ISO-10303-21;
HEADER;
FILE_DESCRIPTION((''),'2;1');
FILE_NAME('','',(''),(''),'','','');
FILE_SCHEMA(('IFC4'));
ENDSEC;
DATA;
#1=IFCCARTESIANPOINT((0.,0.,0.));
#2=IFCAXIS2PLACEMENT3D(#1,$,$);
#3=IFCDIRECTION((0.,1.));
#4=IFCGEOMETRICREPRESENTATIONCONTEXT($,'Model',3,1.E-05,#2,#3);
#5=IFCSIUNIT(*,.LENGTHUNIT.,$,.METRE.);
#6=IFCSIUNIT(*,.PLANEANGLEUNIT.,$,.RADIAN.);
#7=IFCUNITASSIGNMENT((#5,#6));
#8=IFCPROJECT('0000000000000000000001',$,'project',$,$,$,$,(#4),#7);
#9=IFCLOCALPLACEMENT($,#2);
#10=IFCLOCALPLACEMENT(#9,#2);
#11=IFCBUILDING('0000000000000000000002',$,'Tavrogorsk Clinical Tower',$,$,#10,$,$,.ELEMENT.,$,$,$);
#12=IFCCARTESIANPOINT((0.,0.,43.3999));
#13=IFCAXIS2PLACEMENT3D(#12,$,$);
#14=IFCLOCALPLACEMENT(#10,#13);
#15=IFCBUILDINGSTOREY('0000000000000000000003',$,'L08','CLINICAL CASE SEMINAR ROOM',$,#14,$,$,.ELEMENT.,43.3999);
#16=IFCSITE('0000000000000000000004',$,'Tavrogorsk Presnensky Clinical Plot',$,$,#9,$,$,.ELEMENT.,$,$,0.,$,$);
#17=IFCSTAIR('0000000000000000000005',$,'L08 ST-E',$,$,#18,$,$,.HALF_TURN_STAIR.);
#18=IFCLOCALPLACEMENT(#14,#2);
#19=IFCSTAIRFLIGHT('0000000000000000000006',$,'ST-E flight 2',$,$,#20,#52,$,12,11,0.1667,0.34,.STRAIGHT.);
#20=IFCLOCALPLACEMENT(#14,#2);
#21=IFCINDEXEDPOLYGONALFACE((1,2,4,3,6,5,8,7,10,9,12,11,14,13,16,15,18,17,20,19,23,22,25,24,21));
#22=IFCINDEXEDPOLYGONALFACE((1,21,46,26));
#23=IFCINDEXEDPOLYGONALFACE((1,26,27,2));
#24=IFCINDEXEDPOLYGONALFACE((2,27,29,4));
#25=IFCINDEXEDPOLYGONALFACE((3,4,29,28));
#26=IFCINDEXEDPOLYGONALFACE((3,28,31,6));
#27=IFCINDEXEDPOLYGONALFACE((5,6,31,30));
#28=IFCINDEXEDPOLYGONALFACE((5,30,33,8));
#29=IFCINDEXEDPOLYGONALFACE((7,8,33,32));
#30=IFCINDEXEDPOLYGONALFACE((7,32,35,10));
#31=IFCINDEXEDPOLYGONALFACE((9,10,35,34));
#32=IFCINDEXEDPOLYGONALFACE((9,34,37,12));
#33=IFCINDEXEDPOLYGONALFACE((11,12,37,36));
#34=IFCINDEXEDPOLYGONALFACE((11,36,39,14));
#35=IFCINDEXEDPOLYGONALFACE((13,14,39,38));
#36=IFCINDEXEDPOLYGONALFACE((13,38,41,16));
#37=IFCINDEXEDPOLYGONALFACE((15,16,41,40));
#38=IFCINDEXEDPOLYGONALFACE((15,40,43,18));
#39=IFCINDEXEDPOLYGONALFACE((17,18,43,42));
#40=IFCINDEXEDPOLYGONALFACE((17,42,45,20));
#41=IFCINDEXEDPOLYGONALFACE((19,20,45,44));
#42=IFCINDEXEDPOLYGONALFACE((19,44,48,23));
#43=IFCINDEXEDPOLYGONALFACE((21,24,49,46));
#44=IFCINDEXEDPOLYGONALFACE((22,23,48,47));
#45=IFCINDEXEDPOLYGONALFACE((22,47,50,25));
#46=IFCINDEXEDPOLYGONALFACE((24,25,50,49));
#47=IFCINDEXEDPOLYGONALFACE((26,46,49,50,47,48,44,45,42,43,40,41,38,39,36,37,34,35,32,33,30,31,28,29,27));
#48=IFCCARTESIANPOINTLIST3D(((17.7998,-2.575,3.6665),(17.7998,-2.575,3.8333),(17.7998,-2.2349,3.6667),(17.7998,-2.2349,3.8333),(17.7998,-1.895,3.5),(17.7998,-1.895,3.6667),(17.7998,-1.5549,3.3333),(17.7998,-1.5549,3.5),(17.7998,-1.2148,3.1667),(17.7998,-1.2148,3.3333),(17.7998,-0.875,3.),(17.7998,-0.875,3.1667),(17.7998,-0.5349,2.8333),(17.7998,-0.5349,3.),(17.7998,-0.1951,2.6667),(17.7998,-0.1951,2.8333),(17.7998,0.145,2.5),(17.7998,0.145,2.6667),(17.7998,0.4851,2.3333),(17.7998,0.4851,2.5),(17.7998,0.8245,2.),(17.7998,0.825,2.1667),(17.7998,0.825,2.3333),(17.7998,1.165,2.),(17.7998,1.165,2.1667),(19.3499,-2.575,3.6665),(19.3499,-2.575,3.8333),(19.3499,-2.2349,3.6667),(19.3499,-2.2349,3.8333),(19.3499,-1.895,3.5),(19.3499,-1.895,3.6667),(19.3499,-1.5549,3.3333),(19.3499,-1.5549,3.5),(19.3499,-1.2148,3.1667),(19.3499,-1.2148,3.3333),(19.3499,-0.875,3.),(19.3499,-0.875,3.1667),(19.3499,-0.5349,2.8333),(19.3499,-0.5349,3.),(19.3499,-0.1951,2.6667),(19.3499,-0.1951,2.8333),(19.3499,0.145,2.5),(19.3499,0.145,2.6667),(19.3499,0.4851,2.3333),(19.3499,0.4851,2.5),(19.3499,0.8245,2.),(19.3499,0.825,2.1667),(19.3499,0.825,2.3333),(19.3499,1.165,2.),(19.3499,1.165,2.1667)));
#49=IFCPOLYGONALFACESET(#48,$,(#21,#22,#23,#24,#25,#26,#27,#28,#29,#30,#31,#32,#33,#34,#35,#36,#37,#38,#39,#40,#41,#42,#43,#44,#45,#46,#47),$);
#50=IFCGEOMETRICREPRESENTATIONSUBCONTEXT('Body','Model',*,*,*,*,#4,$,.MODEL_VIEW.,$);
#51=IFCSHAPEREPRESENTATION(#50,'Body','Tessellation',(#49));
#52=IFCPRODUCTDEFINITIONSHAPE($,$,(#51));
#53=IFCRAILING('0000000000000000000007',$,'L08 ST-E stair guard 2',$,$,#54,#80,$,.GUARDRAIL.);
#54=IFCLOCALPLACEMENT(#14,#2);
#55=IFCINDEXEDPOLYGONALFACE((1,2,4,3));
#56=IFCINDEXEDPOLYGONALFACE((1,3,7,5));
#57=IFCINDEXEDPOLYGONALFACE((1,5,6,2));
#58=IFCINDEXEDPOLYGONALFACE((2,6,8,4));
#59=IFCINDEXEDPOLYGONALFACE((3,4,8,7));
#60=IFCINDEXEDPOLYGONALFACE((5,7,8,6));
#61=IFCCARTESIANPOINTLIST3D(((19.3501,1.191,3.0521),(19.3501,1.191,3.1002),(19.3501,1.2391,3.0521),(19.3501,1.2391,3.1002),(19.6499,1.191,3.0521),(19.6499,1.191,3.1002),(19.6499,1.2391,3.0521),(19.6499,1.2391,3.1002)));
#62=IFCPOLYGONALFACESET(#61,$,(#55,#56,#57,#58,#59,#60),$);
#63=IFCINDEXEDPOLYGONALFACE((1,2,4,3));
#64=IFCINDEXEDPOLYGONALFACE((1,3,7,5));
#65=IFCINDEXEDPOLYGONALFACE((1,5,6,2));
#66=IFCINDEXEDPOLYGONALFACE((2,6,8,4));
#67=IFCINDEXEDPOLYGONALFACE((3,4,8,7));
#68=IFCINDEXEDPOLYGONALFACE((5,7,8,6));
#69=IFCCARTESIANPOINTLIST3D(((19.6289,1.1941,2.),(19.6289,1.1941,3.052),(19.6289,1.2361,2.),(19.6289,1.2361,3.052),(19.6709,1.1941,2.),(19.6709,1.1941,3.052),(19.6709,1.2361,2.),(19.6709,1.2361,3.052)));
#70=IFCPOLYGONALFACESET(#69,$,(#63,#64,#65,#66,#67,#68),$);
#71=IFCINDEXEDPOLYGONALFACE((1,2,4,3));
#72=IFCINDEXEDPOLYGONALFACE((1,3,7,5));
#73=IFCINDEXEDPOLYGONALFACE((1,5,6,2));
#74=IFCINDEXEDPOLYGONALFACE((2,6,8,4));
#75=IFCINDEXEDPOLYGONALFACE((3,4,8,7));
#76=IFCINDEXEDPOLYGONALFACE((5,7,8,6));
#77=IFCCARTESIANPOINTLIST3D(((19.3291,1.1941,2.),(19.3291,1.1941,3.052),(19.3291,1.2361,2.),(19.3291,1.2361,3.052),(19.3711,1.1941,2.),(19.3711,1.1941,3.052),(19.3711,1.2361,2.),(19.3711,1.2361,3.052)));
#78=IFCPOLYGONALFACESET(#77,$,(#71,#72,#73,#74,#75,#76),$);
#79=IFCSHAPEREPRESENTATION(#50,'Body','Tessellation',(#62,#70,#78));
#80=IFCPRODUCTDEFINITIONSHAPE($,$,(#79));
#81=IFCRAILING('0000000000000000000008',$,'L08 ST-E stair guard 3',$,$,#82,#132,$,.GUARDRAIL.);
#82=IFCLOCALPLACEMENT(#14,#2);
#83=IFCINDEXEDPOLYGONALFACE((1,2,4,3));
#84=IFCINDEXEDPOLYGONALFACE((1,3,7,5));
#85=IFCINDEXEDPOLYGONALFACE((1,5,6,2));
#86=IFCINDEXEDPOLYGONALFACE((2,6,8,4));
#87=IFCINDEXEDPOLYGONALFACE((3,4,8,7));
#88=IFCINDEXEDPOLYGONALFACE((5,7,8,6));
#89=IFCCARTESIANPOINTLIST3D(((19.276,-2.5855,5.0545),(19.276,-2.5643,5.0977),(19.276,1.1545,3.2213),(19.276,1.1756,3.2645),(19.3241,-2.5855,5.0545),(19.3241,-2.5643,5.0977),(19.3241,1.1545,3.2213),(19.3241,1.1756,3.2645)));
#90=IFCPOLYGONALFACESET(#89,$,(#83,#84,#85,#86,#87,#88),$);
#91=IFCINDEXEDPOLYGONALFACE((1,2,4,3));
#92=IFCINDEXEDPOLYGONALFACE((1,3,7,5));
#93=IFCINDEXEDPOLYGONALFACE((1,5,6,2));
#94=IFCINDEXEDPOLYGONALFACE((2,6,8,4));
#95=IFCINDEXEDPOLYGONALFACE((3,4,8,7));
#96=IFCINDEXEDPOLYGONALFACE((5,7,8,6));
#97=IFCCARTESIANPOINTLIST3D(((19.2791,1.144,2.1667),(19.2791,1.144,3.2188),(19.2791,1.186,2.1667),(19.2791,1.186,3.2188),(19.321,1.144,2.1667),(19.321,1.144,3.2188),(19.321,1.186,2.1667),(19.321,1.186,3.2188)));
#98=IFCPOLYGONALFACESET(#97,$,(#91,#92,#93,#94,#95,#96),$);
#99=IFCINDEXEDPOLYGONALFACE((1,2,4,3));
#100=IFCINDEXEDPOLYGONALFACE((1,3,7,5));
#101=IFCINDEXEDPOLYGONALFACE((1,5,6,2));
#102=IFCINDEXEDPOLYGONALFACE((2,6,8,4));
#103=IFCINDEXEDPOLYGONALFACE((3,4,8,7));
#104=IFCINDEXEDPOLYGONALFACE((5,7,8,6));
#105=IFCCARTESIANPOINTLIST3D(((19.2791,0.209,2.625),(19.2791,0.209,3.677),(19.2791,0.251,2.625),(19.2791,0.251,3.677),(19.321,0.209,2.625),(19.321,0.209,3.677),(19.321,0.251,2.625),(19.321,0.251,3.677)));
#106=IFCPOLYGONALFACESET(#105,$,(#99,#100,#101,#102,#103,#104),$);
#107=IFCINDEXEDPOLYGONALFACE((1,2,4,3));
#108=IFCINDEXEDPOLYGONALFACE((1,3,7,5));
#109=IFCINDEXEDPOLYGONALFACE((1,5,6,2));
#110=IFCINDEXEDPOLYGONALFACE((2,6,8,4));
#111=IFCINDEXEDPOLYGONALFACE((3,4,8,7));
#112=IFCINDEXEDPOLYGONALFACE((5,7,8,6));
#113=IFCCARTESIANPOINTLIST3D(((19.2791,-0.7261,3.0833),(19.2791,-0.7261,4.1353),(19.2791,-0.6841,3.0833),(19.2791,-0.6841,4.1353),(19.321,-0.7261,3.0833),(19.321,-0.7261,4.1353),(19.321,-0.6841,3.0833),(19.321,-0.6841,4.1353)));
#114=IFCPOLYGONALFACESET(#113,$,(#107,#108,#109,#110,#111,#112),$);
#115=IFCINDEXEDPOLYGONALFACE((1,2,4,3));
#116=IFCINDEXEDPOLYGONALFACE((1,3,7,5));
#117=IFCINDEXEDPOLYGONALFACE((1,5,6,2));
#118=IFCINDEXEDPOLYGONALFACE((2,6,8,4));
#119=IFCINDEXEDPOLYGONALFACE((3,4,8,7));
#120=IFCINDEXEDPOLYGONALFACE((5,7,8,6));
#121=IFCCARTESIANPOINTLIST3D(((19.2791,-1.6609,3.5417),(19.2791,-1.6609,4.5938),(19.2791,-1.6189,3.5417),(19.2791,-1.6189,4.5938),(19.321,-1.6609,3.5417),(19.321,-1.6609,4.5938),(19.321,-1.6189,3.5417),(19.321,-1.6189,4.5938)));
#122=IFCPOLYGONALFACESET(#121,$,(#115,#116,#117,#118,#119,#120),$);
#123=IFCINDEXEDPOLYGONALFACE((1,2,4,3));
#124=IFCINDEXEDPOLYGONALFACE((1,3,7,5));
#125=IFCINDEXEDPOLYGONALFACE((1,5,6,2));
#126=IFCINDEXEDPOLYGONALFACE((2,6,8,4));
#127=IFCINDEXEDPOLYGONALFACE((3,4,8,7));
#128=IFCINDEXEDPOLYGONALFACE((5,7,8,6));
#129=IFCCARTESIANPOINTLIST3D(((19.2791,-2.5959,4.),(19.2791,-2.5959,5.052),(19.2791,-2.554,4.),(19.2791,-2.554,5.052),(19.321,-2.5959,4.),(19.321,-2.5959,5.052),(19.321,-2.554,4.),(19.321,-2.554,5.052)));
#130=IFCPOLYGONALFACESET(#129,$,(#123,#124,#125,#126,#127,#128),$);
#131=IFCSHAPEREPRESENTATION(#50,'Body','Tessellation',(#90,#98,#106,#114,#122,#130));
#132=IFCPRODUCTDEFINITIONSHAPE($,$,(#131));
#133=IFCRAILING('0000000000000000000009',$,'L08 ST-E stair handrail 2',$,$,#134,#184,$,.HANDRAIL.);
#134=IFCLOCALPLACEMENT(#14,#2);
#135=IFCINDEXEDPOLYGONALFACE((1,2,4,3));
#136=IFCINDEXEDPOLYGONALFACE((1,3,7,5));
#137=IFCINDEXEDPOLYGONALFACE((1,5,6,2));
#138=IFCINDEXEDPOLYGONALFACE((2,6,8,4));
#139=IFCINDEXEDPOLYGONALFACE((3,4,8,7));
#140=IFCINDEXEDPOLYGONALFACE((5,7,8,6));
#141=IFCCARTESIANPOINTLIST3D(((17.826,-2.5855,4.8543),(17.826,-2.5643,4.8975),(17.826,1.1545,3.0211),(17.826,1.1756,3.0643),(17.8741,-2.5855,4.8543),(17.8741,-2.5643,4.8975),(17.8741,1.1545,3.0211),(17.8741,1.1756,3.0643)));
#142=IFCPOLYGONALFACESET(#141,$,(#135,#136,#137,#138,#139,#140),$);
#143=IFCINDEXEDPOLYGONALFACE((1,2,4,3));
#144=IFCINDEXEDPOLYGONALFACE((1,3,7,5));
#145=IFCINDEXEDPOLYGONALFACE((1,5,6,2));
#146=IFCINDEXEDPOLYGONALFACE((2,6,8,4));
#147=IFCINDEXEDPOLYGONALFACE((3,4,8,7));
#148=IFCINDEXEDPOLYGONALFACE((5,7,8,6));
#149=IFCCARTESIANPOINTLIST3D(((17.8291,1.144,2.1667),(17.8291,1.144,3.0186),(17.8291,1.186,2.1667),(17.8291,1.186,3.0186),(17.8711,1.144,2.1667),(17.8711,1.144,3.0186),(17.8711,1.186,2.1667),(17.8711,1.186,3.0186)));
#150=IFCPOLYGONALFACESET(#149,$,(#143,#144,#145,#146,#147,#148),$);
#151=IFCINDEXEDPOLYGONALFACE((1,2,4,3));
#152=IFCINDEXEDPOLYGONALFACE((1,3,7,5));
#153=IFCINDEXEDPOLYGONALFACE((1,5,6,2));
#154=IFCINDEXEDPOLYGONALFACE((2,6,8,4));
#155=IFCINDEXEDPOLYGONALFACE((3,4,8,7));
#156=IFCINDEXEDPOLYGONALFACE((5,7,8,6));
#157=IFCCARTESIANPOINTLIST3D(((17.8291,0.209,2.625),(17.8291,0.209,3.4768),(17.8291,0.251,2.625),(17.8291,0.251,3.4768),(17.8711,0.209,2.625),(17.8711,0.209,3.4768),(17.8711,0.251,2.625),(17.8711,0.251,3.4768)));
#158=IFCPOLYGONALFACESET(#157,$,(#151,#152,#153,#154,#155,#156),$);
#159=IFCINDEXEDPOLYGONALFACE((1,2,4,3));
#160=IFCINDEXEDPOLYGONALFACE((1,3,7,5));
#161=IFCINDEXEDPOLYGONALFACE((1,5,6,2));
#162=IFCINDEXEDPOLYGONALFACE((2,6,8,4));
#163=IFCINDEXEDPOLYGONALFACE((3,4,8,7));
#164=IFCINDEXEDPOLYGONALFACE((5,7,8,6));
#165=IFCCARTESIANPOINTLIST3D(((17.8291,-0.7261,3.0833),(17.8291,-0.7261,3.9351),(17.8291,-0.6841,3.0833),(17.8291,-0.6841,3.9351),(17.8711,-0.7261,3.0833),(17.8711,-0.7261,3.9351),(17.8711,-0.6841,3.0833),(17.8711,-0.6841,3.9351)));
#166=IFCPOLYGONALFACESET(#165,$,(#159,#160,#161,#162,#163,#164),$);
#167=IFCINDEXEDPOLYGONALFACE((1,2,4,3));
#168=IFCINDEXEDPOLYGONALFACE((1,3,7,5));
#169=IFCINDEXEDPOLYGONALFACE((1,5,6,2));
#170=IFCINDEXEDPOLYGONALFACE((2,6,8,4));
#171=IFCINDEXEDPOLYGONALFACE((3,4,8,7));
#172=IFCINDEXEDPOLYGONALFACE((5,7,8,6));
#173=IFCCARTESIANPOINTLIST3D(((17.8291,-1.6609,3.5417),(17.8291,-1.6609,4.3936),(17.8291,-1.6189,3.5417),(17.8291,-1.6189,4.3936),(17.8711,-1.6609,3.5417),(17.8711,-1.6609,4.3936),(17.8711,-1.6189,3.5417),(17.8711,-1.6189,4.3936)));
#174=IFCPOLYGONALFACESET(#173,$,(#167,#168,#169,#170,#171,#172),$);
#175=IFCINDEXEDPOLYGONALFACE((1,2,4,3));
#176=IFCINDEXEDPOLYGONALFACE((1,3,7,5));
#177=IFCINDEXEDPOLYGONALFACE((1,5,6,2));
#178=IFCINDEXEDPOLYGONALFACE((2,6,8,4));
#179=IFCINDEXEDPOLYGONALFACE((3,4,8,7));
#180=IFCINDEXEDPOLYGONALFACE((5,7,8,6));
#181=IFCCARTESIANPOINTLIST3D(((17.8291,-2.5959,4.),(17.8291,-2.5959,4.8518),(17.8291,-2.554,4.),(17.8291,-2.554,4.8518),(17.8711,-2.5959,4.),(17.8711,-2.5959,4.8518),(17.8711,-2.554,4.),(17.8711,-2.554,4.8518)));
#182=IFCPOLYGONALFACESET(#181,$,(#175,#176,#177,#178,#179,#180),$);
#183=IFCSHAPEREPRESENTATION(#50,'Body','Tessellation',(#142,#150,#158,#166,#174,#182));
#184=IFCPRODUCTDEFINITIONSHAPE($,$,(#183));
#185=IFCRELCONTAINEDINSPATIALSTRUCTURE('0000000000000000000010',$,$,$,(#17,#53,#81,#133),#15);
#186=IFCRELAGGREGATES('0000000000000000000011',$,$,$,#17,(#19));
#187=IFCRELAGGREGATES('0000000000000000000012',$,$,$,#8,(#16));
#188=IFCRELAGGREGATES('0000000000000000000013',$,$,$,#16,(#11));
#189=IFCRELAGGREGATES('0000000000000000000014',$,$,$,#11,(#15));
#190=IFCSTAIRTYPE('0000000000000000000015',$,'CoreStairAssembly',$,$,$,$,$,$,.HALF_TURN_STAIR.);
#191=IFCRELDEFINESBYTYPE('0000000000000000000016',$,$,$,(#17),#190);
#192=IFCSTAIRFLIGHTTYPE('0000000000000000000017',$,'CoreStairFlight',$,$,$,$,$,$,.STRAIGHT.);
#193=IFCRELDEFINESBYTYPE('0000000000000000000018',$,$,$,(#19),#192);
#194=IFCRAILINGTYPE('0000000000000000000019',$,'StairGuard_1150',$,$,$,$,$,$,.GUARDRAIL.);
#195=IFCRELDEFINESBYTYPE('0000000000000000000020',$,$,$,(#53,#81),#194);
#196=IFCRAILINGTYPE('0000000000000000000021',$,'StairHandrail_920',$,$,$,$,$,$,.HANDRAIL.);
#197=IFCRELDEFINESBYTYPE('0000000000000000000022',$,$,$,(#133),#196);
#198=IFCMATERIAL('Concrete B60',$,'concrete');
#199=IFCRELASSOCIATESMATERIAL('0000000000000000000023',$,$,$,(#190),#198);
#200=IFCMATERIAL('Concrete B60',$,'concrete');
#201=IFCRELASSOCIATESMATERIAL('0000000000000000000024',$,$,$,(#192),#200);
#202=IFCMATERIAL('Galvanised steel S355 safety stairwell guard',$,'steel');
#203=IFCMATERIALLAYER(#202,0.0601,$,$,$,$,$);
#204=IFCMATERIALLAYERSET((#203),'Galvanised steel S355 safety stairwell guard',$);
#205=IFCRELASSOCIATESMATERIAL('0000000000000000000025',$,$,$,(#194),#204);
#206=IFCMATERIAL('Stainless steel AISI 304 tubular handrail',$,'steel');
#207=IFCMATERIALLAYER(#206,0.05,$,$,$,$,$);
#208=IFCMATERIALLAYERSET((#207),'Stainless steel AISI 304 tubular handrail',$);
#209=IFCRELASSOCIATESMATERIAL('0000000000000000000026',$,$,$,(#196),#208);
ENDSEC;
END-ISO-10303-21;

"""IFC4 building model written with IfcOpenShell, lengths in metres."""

from ifc_helpers import new_model, si_unit, direction, frame, origin, origin_2d, place, context, subcontext, project, spatial, polyline, rectangle, outline, extrude, material, layer, layer_set, type_object, element, aggregate, save


model = new_model("IFC4")

# Units and contexts
model_context = context("Model", 3, precision=1e-05, world=origin(), true_north=direction((0.0, 1.0)))
body_context = subcontext(model_context, "Body", "Model", "MODEL_VIEW")
ifc_project = project(units=[si_unit("LENGTHUNIT", "METRE"), si_unit("PLANEANGLEUNIT", "RADIAN")], contexts=[model_context])

# Site, building, storey
site_placement = place(None, origin())
site = spatial("IfcSite", under=ifc_project, at=site_placement, Name="Tavrogorsk Presnensky Clinical Plot", CompositionType="ELEMENT", RefElevation=0.0)
building_placement = place(site_placement, origin())
building = spatial("IfcBuilding", under=site, at=building_placement, Name="Tavrogorsk Clinical Tower", CompositionType="ELEMENT")
storey_placement = place(building_placement, frame((0.0, 0.0, 43.3999)))
storey = spatial("IfcBuildingStorey", under=building, at=storey_placement, Name="L08", Description="CLINICAL CASE SEMINAR ROOM", CompositionType="ELEMENT", Elevation=43.3999)

# Stair, stair flight
ifc_material_1 = material(Name="Concrete B60", Category="concrete")
stair_type = type_object("IfcStairType", Name="CoreStairAssembly", PredefinedType="HALF_TURN_STAIR", material=ifc_material_1)
stair_placement = place(storey_placement, origin())
stair = element("IfcStair", 1, at=stair_placement, inside=storey, type_object=stair_type, Name="L08 ST-E", PredefinedType="HALF_TURN_STAIR")
ifc_material_2 = material(Name="Concrete B60", Category="concrete")
stair_flight_type = type_object("IfcStairFlightType", Name="CoreStairFlight", PredefinedType="STRAIGHT", material=ifc_material_2)
stair_flight_placement = place(storey_placement, frame((18.575, 1.165, 2.0), z_axis=(0.0, 0.0, 1.0), x_axis=(0.0, -1.0, 0.0)))
stair_flight = element("IfcStairFlight", 2, at=stair_flight_placement, type_object=stair_flight_type, Name="ST-E flight 2", NumberOfRisers=12, NumberOfTreads=11, PredefinedType="STRAIGHT", RiserHeight=0.1667, TreadLength=0.34, context=body_context, shape_type="SweptSolid", body=[
    extrude(outline(polyline([(0.0, 0.0), (0.0, 0.1667), (0.3401, 0.1667), (0.3401, 0.3333), (0.6799, 0.3333), (0.6799, 0.5), (1.02, 0.5), (1.02, 0.6667), (1.3601, 0.6667), (1.3601, 0.8333), (1.7, 0.8333), (1.7, 1.0), (2.04, 1.0), (2.04, 1.1667), (2.3799, 1.1667), (2.3799, 1.3333), (2.72, 1.3333), (2.72, 1.5), (3.0601, 1.5), (3.0601, 1.6667), (3.3999, 1.6667), (3.3999, 1.8333), (3.74, 1.8333), (3.74, 2.0), (3.74, 1.6665), (0.3406, 0.0), (0.0, 0.0)])), frame((0.0, 0.7749, 0.0), z_axis=(0.0, -1.0, 0.0), x_axis=(1.0, 0.0, 0.0)), (0.0, 0.0, 1.0), 1.55),
])
aggregate(stair, [stair_flight])

# Railings
ifc_material_3 = material(Name="Galvanised steel S355 safety stairwell guard", Category="steel")
ifc_layer_1 = layer(ifc_material_3, 0.0601)
ifc_layer_set_1 = layer_set([ifc_layer_1], Name="Galvanised steel S355 safety stairwell guard")
railing_type_1 = type_object("IfcRailingType", Name="StairGuard_1150", PredefinedType="GUARDRAIL", material=ifc_layer_set_1)
railing_1_placement = place(storey_placement, frame((19.6499, 1.2151, 2.0)))
element("IfcRailing", 3, at=railing_1_placement, inside=storey, type_object=railing_type_1, Name="L08 ST-E stair guard 2", PredefinedType="GUARDRAIL", context=body_context, shape_type="SweptSolid", body=[
    extrude(rectangle(XDim=0.0481, YDim=0.0481, at=origin_2d()), frame((0.0, 0.0, 1.0762), z_axis=(-1.0, 0.0, 0.0), x_axis=(0.0, -1.0, 0.0)), (0.0, 0.0, 1.0), 0.2998),
    extrude(rectangle(XDim=0.042, YDim=0.042, at=origin_2d()), origin(), (0.0, 0.0, 1.0), 1.052),
    extrude(rectangle(XDim=0.042, YDim=0.042, at=origin_2d()), frame((-0.2998, 0.0, 0.0)), (0.0, 0.0, 1.0), 1.052),
])
railing_2_placement = place(storey_placement, frame((19.3, 1.165, 2.1667)))
element("IfcRailing", 4, at=railing_2_placement, inside=storey, type_object=railing_type_1, Name="L08 ST-E stair guard 3", PredefinedType="GUARDRAIL", context=body_context, shape_type="SweptSolid", body=[
    extrude(rectangle(XDim=0.0481, YDim=0.0481, at=origin_2d()), frame((0.0, 0.0, 1.0762), z_axis=(0.0, -0.897928, 0.440142), x_axis=(1.0, 0.0, 0.0)), (0.0, 0.0, 1.0), 4.165),
    extrude(rectangle(XDim=0.042, YDim=0.042, at=origin_2d()), origin(), (0.0, 0.0, 1.0), 1.052),
    extrude(rectangle(XDim=0.042, YDim=0.042, at=origin_2d()), frame((0.0, -0.9351, 0.4583)), (0.0, 0.0, 1.0), 1.052),
    extrude(rectangle(XDim=0.042, YDim=0.042, at=origin_2d()), frame((0.0, -1.8701, 0.9165)), (0.0, 0.0, 1.0), 1.052),
    extrude(rectangle(XDim=0.042, YDim=0.042, at=origin_2d()), frame((0.0, -2.8049, 1.375)), (0.0, 0.0, 1.0), 1.052),
    extrude(rectangle(XDim=0.042, YDim=0.042, at=origin_2d()), frame((0.0, -3.74, 1.8333)), (0.0, 0.0, 1.0), 1.052),
])
ifc_material_4 = material(Name="Stainless steel AISI 304 tubular handrail", Category="steel")
ifc_layer_2 = layer(ifc_material_4, 0.05)
ifc_layer_set_2 = layer_set([ifc_layer_2], Name="Stainless steel AISI 304 tubular handrail")
railing_type_2 = type_object("IfcRailingType", Name="StairHandrail_920", PredefinedType="HANDRAIL", material=ifc_layer_set_2)
railing_3_placement = place(storey_placement, frame((17.8501, 1.165, 2.1667)))
element("IfcRailing", 5, at=railing_3_placement, inside=storey, type_object=railing_type_2, Name="L08 ST-E stair handrail 2", PredefinedType="HANDRAIL", context=body_context, shape_type="SweptSolid", body=[
    extrude(rectangle(XDim=0.0481, YDim=0.0481, at=origin_2d()), frame((0.0, 0.0, 0.876), z_axis=(0.0, -0.897928, 0.440142), x_axis=(1.0, 0.0, 0.0)), (0.0, 0.0, 1.0), 4.165),
    extrude(rectangle(XDim=0.042, YDim=0.042, at=origin_2d()), origin(), (0.0, 0.0, 1.0), 0.8518),
    extrude(rectangle(XDim=0.042, YDim=0.042, at=origin_2d()), frame((0.0, -0.9351, 0.4583)), (0.0, 0.0, 1.0), 0.8518),
    extrude(rectangle(XDim=0.042, YDim=0.042, at=origin_2d()), frame((0.0, -1.8701, 0.9165)), (0.0, 0.0, 1.0), 0.8518),
    extrude(rectangle(XDim=0.042, YDim=0.042, at=origin_2d()), frame((0.0, -2.8049, 1.375)), (0.0, 0.0, 1.0), 0.8518),
    extrude(rectangle(XDim=0.042, YDim=0.042, at=origin_2d()), frame((0.0, -3.74, 1.8333)), (0.0, 0.0, 1.0), 0.8518),
])

save(model, "model.ifc")
